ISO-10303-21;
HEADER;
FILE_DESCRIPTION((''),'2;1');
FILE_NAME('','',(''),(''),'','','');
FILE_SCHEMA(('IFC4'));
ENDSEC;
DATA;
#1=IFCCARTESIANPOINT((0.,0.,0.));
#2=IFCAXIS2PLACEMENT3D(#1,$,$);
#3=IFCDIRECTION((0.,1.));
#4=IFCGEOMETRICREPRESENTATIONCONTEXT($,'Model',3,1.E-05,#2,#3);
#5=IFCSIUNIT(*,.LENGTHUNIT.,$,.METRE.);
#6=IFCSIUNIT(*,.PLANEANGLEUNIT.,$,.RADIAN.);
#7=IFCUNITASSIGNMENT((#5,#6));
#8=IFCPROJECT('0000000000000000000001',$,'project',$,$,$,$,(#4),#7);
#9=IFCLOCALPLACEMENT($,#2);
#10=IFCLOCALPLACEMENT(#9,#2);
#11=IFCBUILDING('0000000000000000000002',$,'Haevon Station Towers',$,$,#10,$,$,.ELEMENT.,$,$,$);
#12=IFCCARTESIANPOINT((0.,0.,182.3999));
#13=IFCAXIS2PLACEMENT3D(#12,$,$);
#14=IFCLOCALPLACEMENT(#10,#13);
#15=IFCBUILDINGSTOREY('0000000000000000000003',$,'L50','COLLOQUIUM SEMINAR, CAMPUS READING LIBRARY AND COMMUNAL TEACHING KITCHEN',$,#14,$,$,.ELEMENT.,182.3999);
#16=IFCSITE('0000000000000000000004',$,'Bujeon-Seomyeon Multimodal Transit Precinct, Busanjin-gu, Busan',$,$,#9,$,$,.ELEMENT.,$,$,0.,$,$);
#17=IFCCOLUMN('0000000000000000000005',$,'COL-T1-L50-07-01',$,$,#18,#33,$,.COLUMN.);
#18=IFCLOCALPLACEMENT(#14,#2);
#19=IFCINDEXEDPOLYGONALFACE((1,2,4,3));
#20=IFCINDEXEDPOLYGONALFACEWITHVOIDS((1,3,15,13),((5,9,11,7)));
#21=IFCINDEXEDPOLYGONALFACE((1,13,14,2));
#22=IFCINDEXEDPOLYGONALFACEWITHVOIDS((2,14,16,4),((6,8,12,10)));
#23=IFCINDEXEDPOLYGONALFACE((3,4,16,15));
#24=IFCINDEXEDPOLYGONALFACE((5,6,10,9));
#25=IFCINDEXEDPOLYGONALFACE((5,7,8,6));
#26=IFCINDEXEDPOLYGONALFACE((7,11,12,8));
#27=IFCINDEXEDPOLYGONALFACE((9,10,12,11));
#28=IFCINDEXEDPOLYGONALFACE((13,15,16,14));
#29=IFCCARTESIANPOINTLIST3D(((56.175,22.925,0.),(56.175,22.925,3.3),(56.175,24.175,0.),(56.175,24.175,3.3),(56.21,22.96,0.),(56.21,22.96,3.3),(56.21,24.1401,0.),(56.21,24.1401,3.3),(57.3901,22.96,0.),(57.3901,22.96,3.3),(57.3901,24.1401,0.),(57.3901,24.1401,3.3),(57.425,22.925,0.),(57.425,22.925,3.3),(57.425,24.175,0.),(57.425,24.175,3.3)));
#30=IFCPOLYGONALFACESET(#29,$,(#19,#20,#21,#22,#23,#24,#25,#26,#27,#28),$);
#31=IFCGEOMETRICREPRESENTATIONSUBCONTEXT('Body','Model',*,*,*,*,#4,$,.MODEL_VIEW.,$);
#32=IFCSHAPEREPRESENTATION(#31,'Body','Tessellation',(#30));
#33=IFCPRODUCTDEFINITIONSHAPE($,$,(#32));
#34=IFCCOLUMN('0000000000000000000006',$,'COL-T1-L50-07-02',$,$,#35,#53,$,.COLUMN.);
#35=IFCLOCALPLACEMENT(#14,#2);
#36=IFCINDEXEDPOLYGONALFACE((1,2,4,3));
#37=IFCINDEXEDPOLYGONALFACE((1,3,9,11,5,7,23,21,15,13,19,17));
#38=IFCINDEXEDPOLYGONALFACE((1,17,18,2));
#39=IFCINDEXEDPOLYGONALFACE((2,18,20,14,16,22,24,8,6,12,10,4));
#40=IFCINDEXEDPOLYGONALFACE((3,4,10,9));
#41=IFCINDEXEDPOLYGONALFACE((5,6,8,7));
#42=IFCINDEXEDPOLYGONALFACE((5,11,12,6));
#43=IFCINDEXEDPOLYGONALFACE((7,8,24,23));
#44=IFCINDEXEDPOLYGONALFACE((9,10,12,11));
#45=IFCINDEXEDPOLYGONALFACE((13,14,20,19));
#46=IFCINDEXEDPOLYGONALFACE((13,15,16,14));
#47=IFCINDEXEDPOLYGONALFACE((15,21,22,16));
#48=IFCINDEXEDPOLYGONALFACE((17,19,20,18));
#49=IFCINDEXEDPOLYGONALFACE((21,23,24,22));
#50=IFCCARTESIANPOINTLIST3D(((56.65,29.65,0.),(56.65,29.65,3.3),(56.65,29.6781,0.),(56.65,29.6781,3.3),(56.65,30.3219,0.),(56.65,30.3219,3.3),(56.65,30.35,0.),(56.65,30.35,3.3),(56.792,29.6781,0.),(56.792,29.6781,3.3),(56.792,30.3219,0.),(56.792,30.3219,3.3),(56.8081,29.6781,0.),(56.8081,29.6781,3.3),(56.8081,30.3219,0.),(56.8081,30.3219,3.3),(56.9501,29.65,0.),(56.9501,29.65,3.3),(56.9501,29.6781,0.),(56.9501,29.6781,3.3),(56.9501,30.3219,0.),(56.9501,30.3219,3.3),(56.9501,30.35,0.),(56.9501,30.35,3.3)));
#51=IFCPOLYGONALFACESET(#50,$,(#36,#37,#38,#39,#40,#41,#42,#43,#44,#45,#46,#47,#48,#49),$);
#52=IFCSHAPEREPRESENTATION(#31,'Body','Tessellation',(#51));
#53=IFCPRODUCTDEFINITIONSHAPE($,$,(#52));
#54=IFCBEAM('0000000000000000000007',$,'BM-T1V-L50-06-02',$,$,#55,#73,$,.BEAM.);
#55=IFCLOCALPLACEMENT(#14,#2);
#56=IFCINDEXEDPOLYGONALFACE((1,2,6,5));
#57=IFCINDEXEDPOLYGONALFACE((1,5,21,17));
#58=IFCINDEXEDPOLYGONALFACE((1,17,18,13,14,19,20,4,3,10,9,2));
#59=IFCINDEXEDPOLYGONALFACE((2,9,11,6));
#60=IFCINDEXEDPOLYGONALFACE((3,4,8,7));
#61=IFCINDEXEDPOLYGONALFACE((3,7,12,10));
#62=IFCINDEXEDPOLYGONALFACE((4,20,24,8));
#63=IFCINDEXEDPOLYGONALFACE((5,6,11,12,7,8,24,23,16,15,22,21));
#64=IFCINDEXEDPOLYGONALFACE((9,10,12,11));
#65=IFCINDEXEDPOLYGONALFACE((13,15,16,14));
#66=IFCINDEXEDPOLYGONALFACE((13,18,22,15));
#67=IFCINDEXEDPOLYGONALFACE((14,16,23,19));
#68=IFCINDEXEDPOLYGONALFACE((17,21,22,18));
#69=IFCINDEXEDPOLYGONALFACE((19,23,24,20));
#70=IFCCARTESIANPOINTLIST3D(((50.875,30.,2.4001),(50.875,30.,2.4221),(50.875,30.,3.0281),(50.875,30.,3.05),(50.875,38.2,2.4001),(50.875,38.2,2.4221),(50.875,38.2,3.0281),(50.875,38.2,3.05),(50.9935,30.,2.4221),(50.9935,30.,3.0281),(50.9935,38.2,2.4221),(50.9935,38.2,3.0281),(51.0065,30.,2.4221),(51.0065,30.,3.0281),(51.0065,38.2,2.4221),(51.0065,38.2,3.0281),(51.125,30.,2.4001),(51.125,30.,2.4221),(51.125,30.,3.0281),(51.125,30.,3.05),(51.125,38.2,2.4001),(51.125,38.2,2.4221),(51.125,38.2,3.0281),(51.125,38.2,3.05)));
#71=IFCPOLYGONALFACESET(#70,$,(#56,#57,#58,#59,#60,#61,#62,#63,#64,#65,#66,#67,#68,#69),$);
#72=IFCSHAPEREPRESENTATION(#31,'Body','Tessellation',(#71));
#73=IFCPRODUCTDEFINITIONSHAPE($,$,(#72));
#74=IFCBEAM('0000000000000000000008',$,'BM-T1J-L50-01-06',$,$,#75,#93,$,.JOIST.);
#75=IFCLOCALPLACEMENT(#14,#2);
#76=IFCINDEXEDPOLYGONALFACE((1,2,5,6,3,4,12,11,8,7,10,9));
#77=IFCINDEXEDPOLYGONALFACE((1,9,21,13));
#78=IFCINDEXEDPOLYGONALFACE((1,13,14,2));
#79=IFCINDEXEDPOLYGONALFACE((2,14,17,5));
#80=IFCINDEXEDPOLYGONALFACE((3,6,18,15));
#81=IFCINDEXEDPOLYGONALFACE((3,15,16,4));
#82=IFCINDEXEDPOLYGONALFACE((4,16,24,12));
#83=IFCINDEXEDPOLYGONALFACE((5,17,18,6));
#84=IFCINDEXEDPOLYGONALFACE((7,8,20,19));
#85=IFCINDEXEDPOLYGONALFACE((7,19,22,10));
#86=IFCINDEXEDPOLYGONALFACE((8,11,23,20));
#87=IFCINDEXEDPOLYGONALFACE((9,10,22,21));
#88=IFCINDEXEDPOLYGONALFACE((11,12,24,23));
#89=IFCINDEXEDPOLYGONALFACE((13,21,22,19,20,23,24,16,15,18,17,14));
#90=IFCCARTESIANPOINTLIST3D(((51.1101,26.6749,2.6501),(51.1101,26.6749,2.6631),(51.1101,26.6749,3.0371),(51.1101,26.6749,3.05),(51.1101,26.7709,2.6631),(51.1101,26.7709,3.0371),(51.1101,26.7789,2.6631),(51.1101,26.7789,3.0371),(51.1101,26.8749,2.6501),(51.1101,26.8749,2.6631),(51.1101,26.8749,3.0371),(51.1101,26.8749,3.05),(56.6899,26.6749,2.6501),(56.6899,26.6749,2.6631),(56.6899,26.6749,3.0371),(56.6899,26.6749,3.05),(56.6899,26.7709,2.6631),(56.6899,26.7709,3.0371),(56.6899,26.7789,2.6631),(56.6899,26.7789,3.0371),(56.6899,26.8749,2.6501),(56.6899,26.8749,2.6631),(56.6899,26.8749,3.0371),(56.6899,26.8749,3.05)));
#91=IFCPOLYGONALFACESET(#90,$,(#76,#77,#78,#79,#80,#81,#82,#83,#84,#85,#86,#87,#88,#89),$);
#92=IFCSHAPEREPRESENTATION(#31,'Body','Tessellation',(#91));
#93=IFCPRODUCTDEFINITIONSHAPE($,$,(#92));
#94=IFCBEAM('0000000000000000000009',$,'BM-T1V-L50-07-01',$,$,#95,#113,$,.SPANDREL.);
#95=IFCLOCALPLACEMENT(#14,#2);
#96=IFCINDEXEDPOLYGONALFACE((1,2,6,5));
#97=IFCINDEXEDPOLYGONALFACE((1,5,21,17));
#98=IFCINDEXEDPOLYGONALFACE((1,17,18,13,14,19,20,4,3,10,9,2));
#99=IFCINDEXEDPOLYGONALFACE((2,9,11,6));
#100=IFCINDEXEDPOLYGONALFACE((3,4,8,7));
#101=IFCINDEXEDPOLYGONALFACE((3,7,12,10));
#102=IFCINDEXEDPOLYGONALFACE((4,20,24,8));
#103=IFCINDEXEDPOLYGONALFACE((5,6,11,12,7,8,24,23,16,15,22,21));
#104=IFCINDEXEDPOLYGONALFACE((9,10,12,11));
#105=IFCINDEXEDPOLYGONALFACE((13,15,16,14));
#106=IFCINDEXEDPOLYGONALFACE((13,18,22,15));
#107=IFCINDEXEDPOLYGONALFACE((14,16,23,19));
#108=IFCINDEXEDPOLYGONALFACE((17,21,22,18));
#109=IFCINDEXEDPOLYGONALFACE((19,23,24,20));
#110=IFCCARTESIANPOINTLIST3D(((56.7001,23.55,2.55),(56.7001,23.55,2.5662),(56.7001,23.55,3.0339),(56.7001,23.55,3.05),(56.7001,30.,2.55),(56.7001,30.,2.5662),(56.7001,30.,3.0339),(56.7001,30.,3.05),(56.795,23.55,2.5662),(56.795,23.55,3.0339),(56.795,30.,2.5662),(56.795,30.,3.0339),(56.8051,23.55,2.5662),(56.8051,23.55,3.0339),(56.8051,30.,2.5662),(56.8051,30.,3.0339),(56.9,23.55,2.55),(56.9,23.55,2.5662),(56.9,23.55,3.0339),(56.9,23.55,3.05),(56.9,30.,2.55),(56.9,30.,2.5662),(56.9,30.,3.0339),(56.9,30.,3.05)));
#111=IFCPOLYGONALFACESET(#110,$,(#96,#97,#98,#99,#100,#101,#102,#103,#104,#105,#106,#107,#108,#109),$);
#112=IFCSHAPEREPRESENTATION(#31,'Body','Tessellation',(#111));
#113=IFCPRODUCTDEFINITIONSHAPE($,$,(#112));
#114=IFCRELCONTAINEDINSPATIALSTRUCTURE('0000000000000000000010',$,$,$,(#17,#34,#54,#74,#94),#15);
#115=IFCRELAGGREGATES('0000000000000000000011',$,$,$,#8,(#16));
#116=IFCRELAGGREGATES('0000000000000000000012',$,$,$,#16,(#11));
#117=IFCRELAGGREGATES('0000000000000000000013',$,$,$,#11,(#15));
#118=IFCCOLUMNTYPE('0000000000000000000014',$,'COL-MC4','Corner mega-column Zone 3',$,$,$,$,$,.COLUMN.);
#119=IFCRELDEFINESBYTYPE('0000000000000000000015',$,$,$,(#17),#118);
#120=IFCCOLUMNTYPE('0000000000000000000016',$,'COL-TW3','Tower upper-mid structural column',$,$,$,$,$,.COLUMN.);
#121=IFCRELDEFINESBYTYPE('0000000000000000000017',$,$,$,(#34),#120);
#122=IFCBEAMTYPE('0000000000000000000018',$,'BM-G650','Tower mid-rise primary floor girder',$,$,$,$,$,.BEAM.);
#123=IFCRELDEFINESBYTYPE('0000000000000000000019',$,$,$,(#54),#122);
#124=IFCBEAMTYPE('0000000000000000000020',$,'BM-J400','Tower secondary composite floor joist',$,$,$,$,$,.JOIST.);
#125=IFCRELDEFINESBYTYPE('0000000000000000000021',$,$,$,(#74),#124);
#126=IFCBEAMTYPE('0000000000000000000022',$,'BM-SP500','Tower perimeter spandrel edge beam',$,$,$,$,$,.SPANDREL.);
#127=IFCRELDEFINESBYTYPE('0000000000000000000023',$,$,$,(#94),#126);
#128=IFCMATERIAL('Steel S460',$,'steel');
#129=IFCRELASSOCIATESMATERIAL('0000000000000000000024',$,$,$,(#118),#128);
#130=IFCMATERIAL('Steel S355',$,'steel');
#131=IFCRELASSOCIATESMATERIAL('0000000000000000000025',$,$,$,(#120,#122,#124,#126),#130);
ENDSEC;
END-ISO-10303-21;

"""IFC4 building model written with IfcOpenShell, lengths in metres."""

from ifc_helpers import new_model, si_unit, direction, frame, origin, origin_2d, place, context, subcontext, project, spatial, hollow_rectangle, i_section, extrude, material, material_profile, profile_set, type_object, element, save


model = new_model("IFC4")

# Units and contexts
model_context = context("Model", 3, precision=1e-05, world=origin(), true_north=direction((0.0, 1.0)))
body_context = subcontext(model_context, "Body", "Model", "MODEL_VIEW")
ifc_project = project(units=[si_unit("LENGTHUNIT", "METRE"), si_unit("PLANEANGLEUNIT", "RADIAN")], contexts=[model_context])

# Site, building, storey
site_placement = place(None, origin())
site = spatial("IfcSite", under=ifc_project, at=site_placement, Name="Bujeon-Seomyeon Multimodal Transit Precinct, Busanjin-gu, Busan", CompositionType="ELEMENT", RefElevation=0.0)
building_placement = place(site_placement, origin())
building = spatial("IfcBuilding", under=site, at=building_placement, Name="Haevon Station Towers", CompositionType="ELEMENT")
storey_placement = place(building_placement, frame((0.0, 0.0, 182.3999)))
storey = spatial("IfcBuildingStorey", under=building, at=storey_placement, Name="L50", Description="COLLOQUIUM SEMINAR, CAMPUS READING LIBRARY AND COMMUNAL TEACHING KITCHEN", CompositionType="ELEMENT", Elevation=182.3999)

# Columns
ifc_material_1 = material(Name="Steel S460", Category="steel")
ifc_material_profile_1 = material_profile(ifc_material_1, hollow_rectangle(XDim=1.25, YDim=1.25, WallThickness=0.0349, at=origin_2d()), Name="BOX-1250x1250x35")
ifc_profile_set_1 = profile_set([ifc_material_profile_1], Name="Steel S460")
column_type_1 = type_object("IfcColumnType", Name="COL-MC4", Description="Corner mega-column Zone 3", PredefinedType="COLUMN", material=ifc_profile_set_1)
column_1_placement = place(storey_placement, frame((56.8, 23.55, 0.0), z_axis=(0.0, 0.0, 1.0), x_axis=(1.0, 0.0, 0.0)))
element("IfcColumn", 1, at=column_1_placement, inside=storey, type_object=column_type_1, Name="COL-T1-L50-07-01", PredefinedType="COLUMN", context=body_context, shape_type="SweptSolid", body=[
    extrude(hollow_rectangle(XDim=1.25, YDim=1.25, WallThickness=0.0349, at=origin_2d()), origin(), (0.0, 0.0, 1.0), 3.3),
])
ifc_material_2 = material(Name="Steel S355", Category="steel")
ifc_material_profile_2 = material_profile(ifc_material_2, i_section(OverallWidth=0.3, OverallDepth=0.7, WebThickness=0.0161, FlangeThickness=0.0281, at=origin_2d()), Name="H-700x300x16x28")
ifc_profile_set_2 = profile_set([ifc_material_profile_2], Name="Steel S355")
column_type_2 = type_object("IfcColumnType", Name="COL-TW3", Description="Tower upper-mid structural column", PredefinedType="COLUMN", material=ifc_profile_set_2)
column_2_placement = place(storey_placement, frame((56.8, 30.0, 0.0), z_axis=(0.0, 0.0, 1.0), x_axis=(1.0, 0.0, 0.0)))
element("IfcColumn", 2, at=column_2_placement, inside=storey, type_object=column_type_2, Name="COL-T1-L50-07-02", PredefinedType="COLUMN", context=body_context, shape_type="SweptSolid", body=[
    extrude(i_section(OverallWidth=0.3, OverallDepth=0.7, WebThickness=0.0161, FlangeThickness=0.0281, at=origin_2d()), origin(), (0.0, 0.0, 1.0), 3.3),
])

# Beams
ifc_material_profile_3 = material_profile(ifc_material_2, i_section(OverallWidth=0.25, OverallDepth=0.6499, WebThickness=0.0129, FlangeThickness=0.022, at=origin_2d()), Name="H-650x250x13x22")
ifc_profile_set_3 = profile_set([ifc_material_profile_3], Name="Steel S355")
beam_type_1 = type_object("IfcBeamType", Name="BM-G650", Description="Tower mid-rise primary floor girder", PredefinedType="BEAM", material=ifc_profile_set_3)
beam_1_placement = place(storey_placement, frame((51.0, 30.0, 2.7251), z_axis=(0.0, 1.0, 0.0), x_axis=(-1.0, 0.0, 0.0)))
element("IfcBeam", 3, at=beam_1_placement, inside=storey, type_object=beam_type_1, Name="BM-T1V-L50-06-02", PredefinedType="BEAM", context=body_context, shape_type="SweptSolid", body=[
    extrude(i_section(OverallWidth=0.25, OverallDepth=0.6499, WebThickness=0.0129, FlangeThickness=0.022, at=origin_2d()), origin(), (0.0, 0.0, 1.0), 8.2),
])
ifc_material_profile_4 = material_profile(ifc_material_2, i_section(OverallWidth=0.2, OverallDepth=0.3999, WebThickness=0.0081, FlangeThickness=0.0129, at=origin_2d()), Name="H-400x200x8x13")
ifc_profile_set_4 = profile_set([ifc_material_profile_4], Name="Steel S355")
beam_type_2 = type_object("IfcBeamType", Name="BM-J400", Description="Tower secondary composite floor joist", PredefinedType="JOIST", material=ifc_profile_set_4)
beam_2_placement = place(storey_placement, frame((51.1101, 26.7749, 2.8501), z_axis=(1.0, 0.0, 0.0), x_axis=(0.0, 1.0, 0.0)))
element("IfcBeam", 4, at=beam_2_placement, inside=storey, type_object=beam_type_2, Name="BM-T1J-L50-01-06", PredefinedType="JOIST", context=body_context, shape_type="SweptSolid", body=[
    extrude(i_section(OverallWidth=0.2, OverallDepth=0.3999, WebThickness=0.0081, FlangeThickness=0.0129, at=origin_2d()), origin(), (0.0, 0.0, 1.0), 5.5798),
])
ifc_material_profile_5 = material_profile(ifc_material_2, i_section(OverallWidth=0.2, OverallDepth=0.5, WebThickness=0.01, FlangeThickness=0.0161, at=origin_2d()), Name="H-500x200x10x16")
ifc_profile_set_5 = profile_set([ifc_material_profile_5], Name="Steel S355")
beam_type_3 = type_object("IfcBeamType", Name="BM-SP500", Description="Tower perimeter spandrel edge beam", PredefinedType="SPANDREL", material=ifc_profile_set_5)
beam_3_placement = place(storey_placement, frame((56.8, 23.55, 2.8), z_axis=(0.0, 1.0, 0.0), x_axis=(-1.0, 0.0, 0.0)))
element("IfcBeam", 5, at=beam_3_placement, inside=storey, type_object=beam_type_3, Name="BM-T1V-L50-07-01", PredefinedType="SPANDREL", context=body_context, shape_type="SweptSolid", body=[
    extrude(i_section(OverallWidth=0.2, OverallDepth=0.5, WebThickness=0.01, FlangeThickness=0.0161, at=origin_2d()), origin(), (0.0, 0.0, 1.0), 6.45),
])

save(model, "model.ifc")
